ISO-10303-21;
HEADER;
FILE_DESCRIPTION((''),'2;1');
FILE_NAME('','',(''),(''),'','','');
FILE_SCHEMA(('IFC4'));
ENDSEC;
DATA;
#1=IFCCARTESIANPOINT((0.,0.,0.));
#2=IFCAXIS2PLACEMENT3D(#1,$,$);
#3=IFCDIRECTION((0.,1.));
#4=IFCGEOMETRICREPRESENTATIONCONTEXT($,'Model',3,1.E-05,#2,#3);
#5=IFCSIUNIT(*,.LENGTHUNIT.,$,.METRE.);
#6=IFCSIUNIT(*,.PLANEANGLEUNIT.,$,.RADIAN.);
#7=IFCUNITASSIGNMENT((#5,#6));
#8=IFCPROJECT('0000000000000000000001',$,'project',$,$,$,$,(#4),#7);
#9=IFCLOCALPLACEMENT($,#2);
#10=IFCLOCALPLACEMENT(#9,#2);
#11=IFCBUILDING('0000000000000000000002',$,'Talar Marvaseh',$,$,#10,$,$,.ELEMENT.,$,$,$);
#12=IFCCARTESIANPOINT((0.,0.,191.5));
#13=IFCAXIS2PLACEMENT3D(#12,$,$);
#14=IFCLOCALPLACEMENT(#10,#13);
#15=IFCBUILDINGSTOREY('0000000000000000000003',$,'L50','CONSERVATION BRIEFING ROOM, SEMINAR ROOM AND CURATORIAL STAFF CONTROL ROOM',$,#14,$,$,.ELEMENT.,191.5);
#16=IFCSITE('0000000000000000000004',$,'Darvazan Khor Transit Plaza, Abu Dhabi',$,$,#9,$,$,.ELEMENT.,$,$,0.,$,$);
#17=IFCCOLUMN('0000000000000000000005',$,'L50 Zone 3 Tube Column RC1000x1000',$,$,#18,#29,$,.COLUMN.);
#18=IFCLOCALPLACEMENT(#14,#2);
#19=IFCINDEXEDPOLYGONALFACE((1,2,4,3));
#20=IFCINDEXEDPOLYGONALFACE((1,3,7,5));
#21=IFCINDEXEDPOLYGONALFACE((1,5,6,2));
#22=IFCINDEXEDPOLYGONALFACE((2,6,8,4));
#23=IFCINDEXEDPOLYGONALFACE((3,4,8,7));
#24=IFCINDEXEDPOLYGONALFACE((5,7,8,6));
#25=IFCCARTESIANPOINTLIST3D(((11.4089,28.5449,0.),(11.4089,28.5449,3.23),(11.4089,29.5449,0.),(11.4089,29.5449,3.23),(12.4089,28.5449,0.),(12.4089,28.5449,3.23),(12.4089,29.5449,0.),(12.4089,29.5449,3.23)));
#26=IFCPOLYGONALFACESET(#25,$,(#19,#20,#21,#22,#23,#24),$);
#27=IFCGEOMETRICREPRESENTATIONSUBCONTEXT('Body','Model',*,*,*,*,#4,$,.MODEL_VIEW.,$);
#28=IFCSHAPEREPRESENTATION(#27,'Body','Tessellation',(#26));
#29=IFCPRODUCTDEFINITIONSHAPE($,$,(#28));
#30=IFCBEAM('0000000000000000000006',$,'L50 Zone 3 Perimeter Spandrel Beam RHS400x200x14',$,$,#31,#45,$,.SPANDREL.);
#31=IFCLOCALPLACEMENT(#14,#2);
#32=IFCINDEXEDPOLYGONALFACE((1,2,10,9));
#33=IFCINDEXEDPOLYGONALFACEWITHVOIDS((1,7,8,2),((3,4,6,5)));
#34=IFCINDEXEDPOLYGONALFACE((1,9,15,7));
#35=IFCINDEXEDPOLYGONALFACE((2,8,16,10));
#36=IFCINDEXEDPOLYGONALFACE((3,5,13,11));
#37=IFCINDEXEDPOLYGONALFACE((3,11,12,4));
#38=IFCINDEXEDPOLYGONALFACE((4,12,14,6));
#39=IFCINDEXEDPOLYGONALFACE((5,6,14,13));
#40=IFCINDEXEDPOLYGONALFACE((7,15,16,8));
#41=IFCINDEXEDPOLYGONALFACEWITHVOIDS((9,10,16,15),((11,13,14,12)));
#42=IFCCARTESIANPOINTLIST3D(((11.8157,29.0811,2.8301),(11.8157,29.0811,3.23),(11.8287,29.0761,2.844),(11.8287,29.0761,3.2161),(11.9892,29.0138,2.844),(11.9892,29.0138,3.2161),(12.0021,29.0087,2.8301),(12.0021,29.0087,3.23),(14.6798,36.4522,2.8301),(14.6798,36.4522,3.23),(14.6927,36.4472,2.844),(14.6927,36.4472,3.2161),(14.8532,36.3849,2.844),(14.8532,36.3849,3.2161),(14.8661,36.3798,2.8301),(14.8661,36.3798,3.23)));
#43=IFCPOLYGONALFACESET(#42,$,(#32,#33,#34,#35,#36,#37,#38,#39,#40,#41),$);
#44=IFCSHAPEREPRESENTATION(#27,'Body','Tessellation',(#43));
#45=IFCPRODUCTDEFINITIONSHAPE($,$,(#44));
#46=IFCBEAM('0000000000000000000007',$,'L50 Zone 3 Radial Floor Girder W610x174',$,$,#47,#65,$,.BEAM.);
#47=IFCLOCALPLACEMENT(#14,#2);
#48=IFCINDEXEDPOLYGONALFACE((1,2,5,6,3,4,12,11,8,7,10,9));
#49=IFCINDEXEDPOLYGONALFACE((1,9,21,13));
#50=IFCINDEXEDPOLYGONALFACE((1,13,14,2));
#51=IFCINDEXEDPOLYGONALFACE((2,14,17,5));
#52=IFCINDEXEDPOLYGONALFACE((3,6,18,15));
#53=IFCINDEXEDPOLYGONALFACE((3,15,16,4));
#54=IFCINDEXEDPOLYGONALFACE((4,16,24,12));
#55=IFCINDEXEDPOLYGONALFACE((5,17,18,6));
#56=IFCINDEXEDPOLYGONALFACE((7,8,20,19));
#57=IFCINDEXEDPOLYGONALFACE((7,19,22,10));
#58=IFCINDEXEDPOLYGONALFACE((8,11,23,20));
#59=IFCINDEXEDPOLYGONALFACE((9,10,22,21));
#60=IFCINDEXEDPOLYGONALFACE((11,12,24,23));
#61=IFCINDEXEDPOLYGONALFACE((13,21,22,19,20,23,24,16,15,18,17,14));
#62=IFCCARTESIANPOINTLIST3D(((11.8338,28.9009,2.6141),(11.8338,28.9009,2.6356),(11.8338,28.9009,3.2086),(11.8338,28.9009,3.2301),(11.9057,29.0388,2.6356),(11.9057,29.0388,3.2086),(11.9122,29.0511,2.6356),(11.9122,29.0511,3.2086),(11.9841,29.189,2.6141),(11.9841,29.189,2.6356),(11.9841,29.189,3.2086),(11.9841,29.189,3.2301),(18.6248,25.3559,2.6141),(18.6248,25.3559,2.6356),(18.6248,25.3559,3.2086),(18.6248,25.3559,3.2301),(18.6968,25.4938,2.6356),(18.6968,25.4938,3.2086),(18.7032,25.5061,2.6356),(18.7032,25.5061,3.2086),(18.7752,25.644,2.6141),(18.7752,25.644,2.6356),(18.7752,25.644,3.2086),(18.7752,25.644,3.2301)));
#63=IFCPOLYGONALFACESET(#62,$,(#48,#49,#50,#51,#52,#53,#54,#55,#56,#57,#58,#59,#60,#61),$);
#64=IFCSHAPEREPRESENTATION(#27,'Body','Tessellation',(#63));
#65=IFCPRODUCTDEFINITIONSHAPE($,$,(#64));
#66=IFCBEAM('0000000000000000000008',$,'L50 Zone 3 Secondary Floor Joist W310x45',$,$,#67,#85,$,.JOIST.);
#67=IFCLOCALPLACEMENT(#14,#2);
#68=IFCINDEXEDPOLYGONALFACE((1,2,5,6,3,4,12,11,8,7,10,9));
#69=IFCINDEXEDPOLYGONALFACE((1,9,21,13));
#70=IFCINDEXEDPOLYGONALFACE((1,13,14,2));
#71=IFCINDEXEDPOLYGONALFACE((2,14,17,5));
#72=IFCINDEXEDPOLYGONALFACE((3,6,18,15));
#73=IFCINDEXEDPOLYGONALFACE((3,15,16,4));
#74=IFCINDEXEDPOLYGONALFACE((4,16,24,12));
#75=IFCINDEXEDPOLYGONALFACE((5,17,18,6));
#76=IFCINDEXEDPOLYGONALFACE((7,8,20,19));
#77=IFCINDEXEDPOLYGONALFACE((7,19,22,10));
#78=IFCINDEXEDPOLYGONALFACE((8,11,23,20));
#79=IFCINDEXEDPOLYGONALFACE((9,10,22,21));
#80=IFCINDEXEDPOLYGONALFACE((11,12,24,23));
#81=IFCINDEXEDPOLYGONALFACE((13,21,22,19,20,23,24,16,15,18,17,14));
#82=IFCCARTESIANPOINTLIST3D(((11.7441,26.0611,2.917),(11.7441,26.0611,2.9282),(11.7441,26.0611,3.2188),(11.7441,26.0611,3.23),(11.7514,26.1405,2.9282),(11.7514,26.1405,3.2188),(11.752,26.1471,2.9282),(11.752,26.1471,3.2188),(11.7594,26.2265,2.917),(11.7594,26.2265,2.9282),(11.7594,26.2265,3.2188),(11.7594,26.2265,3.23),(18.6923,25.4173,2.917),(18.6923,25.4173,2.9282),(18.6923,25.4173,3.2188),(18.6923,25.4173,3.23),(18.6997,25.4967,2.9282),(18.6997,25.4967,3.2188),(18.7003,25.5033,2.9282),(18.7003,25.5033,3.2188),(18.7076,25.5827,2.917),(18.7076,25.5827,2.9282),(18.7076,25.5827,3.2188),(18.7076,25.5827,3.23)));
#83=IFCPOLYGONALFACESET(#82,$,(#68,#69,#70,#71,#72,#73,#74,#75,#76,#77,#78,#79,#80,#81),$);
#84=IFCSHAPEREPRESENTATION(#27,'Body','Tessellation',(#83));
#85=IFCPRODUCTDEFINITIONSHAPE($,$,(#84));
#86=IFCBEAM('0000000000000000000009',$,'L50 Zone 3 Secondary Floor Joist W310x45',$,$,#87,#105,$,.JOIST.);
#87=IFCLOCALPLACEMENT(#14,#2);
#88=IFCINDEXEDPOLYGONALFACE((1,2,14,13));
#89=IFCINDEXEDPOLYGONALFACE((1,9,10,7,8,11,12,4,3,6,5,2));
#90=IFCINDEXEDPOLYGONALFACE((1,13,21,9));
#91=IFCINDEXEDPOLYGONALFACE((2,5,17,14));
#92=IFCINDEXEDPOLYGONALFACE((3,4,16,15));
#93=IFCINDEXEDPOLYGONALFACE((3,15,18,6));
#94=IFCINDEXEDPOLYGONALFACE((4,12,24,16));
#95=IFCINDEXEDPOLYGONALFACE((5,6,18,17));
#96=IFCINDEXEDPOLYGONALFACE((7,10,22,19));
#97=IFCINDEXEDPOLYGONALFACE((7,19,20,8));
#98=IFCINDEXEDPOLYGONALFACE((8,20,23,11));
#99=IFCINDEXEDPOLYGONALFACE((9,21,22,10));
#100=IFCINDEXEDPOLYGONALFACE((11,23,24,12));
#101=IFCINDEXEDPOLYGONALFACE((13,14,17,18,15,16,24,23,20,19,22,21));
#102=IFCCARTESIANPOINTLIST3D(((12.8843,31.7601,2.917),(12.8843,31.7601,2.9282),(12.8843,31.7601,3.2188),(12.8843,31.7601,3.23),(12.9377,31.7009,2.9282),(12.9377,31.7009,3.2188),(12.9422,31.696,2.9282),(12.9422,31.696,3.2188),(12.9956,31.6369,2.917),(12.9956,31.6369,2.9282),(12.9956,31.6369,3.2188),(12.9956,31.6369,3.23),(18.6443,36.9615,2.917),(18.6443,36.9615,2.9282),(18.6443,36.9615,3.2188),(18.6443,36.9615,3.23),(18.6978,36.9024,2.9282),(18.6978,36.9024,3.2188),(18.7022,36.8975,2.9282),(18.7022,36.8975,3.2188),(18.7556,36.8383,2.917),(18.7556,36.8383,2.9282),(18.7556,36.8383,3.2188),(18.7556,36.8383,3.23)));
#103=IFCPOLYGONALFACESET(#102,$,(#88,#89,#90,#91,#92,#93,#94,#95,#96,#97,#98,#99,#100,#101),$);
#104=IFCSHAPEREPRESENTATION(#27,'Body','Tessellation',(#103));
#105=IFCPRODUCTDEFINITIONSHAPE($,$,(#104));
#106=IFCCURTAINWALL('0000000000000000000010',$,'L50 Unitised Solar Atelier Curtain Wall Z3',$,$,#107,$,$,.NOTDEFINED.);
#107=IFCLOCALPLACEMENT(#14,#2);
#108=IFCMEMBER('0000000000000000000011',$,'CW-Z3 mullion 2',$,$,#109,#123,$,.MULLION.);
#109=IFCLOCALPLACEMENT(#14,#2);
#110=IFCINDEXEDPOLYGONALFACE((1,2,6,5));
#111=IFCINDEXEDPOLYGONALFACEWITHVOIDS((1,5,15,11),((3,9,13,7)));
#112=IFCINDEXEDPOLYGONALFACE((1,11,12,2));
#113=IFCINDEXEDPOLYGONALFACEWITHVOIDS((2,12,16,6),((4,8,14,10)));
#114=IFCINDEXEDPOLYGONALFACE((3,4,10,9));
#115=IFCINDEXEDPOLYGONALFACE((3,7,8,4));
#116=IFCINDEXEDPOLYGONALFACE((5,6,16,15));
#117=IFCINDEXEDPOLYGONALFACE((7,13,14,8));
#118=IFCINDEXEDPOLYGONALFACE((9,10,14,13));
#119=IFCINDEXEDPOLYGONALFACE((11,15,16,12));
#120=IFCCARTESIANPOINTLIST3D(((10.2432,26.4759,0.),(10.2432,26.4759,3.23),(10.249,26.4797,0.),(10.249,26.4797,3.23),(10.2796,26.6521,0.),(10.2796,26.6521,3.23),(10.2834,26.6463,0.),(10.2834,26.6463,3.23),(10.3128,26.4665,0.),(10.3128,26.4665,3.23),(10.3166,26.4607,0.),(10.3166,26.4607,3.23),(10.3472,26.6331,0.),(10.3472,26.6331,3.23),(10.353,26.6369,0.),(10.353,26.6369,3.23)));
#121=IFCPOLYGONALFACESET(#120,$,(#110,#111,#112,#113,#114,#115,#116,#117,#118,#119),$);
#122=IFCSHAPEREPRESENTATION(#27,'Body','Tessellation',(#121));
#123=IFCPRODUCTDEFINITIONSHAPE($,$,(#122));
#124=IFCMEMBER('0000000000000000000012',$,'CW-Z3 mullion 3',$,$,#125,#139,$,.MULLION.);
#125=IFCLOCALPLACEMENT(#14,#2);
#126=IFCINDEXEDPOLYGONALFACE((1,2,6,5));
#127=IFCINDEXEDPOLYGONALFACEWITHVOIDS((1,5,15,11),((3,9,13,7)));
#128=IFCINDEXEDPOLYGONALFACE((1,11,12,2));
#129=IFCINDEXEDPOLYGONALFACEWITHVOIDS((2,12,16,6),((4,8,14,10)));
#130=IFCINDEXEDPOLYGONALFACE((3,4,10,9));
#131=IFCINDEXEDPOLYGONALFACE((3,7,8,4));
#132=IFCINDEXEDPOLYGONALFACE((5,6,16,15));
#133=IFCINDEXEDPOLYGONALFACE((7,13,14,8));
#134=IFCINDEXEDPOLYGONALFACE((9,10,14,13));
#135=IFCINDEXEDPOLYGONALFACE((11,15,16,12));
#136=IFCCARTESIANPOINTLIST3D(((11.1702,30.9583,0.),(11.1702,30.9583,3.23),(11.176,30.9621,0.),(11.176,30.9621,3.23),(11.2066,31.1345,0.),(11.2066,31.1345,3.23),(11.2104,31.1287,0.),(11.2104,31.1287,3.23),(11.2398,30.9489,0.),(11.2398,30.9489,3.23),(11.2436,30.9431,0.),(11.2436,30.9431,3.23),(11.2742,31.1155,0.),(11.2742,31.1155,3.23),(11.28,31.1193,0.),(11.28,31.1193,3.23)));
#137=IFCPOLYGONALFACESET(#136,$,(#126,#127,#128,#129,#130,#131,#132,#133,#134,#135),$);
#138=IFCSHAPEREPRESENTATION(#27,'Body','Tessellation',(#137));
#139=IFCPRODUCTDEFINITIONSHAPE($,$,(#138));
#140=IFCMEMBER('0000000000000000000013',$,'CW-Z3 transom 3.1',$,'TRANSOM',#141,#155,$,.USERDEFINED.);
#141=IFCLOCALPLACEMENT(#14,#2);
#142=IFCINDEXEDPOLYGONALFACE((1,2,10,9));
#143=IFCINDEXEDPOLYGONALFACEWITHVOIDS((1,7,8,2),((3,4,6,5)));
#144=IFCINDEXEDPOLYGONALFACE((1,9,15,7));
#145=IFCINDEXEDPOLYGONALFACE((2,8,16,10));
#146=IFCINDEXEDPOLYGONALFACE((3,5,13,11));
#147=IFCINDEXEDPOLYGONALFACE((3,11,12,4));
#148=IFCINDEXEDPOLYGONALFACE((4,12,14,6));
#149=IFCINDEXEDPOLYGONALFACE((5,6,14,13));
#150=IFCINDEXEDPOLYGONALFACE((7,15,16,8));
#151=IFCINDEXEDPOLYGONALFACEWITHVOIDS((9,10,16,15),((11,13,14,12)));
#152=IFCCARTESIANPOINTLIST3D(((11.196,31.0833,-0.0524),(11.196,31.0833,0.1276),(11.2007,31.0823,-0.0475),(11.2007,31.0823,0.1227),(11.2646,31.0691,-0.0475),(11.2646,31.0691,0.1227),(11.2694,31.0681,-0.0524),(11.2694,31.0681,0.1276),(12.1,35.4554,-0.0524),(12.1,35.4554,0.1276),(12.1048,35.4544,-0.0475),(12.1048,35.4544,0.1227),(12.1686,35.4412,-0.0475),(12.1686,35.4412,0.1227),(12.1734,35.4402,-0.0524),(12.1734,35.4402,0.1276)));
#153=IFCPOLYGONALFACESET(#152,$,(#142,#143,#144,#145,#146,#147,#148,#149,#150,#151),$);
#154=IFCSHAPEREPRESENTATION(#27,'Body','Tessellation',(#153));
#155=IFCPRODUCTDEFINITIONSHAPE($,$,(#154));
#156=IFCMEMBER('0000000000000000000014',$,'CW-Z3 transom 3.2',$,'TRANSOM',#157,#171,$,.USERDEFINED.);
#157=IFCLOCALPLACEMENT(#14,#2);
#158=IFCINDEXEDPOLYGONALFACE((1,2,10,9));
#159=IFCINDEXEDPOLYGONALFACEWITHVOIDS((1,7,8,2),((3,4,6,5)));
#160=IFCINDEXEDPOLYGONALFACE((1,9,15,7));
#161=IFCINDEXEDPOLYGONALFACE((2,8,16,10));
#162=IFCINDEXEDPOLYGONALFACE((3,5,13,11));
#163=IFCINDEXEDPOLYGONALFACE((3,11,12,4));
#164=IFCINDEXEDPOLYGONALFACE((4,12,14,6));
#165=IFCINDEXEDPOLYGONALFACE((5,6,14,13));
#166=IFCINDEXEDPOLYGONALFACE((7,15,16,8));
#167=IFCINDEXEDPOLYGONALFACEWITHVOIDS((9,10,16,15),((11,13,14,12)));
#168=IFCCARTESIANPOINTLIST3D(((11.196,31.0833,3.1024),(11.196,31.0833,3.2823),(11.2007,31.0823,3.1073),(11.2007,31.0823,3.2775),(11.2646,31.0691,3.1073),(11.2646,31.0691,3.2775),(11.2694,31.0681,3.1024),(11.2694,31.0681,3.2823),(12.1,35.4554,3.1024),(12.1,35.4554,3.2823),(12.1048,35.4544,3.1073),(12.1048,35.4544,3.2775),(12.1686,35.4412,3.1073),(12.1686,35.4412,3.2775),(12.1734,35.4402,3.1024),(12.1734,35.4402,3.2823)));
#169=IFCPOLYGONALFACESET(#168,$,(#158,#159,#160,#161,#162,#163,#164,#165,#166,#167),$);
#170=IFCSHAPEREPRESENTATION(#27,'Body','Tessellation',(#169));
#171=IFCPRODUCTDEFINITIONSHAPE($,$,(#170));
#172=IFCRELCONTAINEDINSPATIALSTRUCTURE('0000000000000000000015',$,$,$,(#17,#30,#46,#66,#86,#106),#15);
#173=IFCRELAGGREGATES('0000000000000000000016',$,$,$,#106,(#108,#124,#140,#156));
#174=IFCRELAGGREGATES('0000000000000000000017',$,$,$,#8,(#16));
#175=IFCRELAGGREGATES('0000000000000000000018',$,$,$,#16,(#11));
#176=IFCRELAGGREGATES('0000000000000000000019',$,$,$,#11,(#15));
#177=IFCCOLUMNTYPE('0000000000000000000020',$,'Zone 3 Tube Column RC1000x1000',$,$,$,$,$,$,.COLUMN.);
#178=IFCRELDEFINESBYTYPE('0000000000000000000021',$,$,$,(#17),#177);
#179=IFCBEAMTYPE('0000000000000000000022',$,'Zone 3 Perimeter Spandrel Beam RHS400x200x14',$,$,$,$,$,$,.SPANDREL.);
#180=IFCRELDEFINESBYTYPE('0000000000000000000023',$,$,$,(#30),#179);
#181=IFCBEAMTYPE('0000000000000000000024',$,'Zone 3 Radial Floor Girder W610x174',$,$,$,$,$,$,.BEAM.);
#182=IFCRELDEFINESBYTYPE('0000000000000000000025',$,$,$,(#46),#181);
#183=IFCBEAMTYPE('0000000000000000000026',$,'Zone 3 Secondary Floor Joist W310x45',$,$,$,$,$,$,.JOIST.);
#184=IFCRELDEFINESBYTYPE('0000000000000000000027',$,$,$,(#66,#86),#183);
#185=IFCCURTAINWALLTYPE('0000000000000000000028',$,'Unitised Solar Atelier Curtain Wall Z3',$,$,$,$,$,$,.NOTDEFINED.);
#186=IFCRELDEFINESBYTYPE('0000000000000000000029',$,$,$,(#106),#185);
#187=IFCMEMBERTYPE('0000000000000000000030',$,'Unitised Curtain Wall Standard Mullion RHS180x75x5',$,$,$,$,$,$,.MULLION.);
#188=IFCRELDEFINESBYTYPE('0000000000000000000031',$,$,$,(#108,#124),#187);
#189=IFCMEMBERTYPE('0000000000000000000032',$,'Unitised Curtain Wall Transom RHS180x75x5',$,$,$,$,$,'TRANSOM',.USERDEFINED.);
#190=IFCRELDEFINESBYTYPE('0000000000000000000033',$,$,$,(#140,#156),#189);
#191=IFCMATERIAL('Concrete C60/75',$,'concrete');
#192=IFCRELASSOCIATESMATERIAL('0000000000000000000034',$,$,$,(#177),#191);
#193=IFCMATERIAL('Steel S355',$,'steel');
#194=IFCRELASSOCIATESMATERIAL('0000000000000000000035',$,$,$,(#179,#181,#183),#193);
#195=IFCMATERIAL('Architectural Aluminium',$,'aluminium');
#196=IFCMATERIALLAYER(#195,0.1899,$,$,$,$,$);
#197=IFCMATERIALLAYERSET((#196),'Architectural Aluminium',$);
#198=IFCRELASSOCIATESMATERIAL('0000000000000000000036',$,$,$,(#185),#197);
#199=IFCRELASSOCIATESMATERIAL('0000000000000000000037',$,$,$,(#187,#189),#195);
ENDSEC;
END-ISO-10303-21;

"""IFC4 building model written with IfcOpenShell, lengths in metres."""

from ifc_helpers import new_model, si_unit, direction, frame, origin, origin_2d, place, context, subcontext, project, spatial, rectangle, hollow_rectangle, i_section, extrude, source, transform, mapped, material, layer, layer_set, material_profile, profile_set, type_object, type_shapes, element, aggregate, save


model = new_model("IFC4")

# Units and contexts
model_context = context("Model", 3, precision=1e-05, world=origin(), true_north=direction((0.0, 1.0)))
body_context = subcontext(model_context, "Body", "Model", "MODEL_VIEW")
ifc_project = project(units=[si_unit("LENGTHUNIT", "METRE"), si_unit("PLANEANGLEUNIT", "RADIAN")], contexts=[model_context])

# Site, building, storey
site_placement = place(None, origin())
site = spatial("IfcSite", under=ifc_project, at=site_placement, Name="Darvazan Khor Transit Plaza, Abu Dhabi", CompositionType="ELEMENT", RefElevation=0.0)
building_placement = place(site_placement, origin())
building = spatial("IfcBuilding", under=site, at=building_placement, Name="Talar Marvaseh", CompositionType="ELEMENT")
storey_placement = place(building_placement, frame((0.0, 0.0, 191.5)))
storey = spatial("IfcBuildingStorey", under=building, at=storey_placement, Name="L50", Description="CONSERVATION BRIEFING ROOM, SEMINAR ROOM AND CURATORIAL STAFF CONTROL ROOM", CompositionType="ELEMENT", Elevation=191.5)

# Column
ifc_material_1 = material(Name="Concrete C60/75", Category="concrete")
ifc_material_profile_1 = material_profile(ifc_material_1, rectangle(XDim=1.0, YDim=1.0, at=origin_2d()), Name="RC1000x1000")
ifc_profile_set_1 = profile_set([ifc_material_profile_1], Name="Concrete C60/75")
column_type = type_object("IfcColumnType", Name="Zone 3 Tube Column RC1000x1000", PredefinedType="COLUMN", material=ifc_profile_set_1)
column_placement = place(storey_placement, frame((11.9089, 29.0449, 0.0), z_axis=(0.0, 0.0, 1.0), x_axis=(1.0, 0.0, 0.0)))
element("IfcColumn", 1, at=column_placement, inside=storey, type_object=column_type, Name="L50 Zone 3 Tube Column RC1000x1000", PredefinedType="COLUMN", context=body_context, shape_type="SweptSolid", body=[
    extrude(rectangle(XDim=1.0, YDim=1.0, at=origin_2d()), origin(), (0.0, 0.0, 1.0), 3.23),
])

# Beams
ifc_material_2 = material(Name="Steel S355", Category="steel")
ifc_material_profile_2 = material_profile(ifc_material_2, hollow_rectangle(XDim=0.2, YDim=0.3999, WallThickness=0.0139, at=origin_2d()), Name="RHS400x200x14")
ifc_profile_set_2 = profile_set([ifc_material_profile_2], Name="Steel S355")
beam_type_1 = type_object("IfcBeamType", Name="Zone 3 Perimeter Spandrel Beam RHS400x200x14", PredefinedType="SPANDREL", material=ifc_profile_set_2)
beam_1_placement = place(storey_placement, frame((11.9089, 29.0449, 3.03), z_axis=(0.362169, 0.932112, 0.0), x_axis=(-0.932112, 0.362169, 0.0)))
element("IfcBeam", 2, at=beam_1_placement, inside=storey, type_object=beam_type_1, Name="L50 Zone 3 Perimeter Spandrel Beam RHS400x200x14", PredefinedType="SPANDREL", context=body_context, shape_type="SweptSolid", body=[
    extrude(hollow_rectangle(XDim=0.2, YDim=0.3999, WallThickness=0.0139, at=origin_2d()), origin(), (0.0, 0.0, 1.0), 7.908),
])
ifc_material_profile_3 = material_profile(ifc_material_2, i_section(OverallWidth=0.325, OverallDepth=0.616, WebThickness=0.0139, FlangeThickness=0.0215, at=origin_2d()), Name="W610x174")
ifc_profile_set_3 = profile_set([ifc_material_profile_3], Name="Steel S355")
beam_type_2 = type_object("IfcBeamType", Name="Zone 3 Radial Floor Girder W610x174", PredefinedType="BEAM", material=ifc_profile_set_3)
beam_2_placement = place(storey_placement, frame((11.9089, 29.0449, 2.9221), z_axis=(0.886489, -0.462749, 0.0), x_axis=(0.462749, 0.886489, 0.0)))
element("IfcBeam", 3, at=beam_2_placement, inside=storey, type_object=beam_type_2, Name="L50 Zone 3 Radial Floor Girder W610x174", PredefinedType="BEAM", context=body_context, shape_type="SweptSolid", body=[
    extrude(i_section(OverallWidth=0.325, OverallDepth=0.616, WebThickness=0.0139, FlangeThickness=0.0215, at=origin_2d()), origin(), (0.0, 0.0, 1.0), 7.6606),
])
ifc_material_profile_4 = material_profile(ifc_material_2, i_section(OverallWidth=0.166, OverallDepth=0.313, WebThickness=0.0066, FlangeThickness=0.0112, at=origin_2d()), Name="W310x45")
ifc_profile_set_4 = profile_set([ifc_material_profile_4], Name="Steel S355")
beam_type_3 = type_object("IfcBeamType", Name="Zone 3 Secondary Floor Joist W310x45", PredefinedType="JOIST", material=ifc_profile_set_4)
beam_3_placement = place(storey_placement, frame((11.7517, 26.1438, 3.0735), z_axis=(0.995735, -0.092261, 0.0), x_axis=(0.092261, 0.995735, 0.0)))
element("IfcBeam", 4, at=beam_3_placement, inside=storey, type_object=beam_type_3, Name="L50 Zone 3 Secondary Floor Joist W310x45", PredefinedType="JOIST", context=body_context, shape_type="SweptSolid", body=[
    extrude(i_section(OverallWidth=0.166, OverallDepth=0.313, WebThickness=0.0066, FlangeThickness=0.0112, at=origin_2d()), origin(), (0.0, 0.0, 1.0), 6.978),
])
beam_4_placement = place(storey_placement, frame((12.9399, 31.6985, 3.0735), z_axis=(0.742178, 0.670203, 0.0), x_axis=(-0.670203, 0.742178, 0.0)))
element("IfcBeam", 5, at=beam_4_placement, inside=storey, type_object=beam_type_3, Name="L50 Zone 3 Secondary Floor Joist W310x45", PredefinedType="JOIST", context=body_context, shape_type="SweptSolid", body=[
    extrude(i_section(OverallWidth=0.166, OverallDepth=0.313, WebThickness=0.0066, FlangeThickness=0.0112, at=origin_2d()), origin(), (0.0, 0.0, 1.0), 7.761),
])

# Curtain wall, members
ifc_material_3 = material(Name="Architectural Aluminium", Category="aluminium")
ifc_layer_1 = layer(ifc_material_3, 0.1899)
ifc_layer_set_1 = layer_set([ifc_layer_1], Name="Architectural Aluminium")
curtain_wall_type = type_object("IfcCurtainWallType", Name="Unitised Solar Atelier Curtain Wall Z3", PredefinedType="NOTDEFINED", material=ifc_layer_set_1)
curtain_wall_placement = place(storey_placement, origin())
curtain_wall = element("IfcCurtainWall", 6, at=curtain_wall_placement, inside=storey, type_object=curtain_wall_type, Name="L50 Unitised Solar Atelier Curtain Wall Z3", PredefinedType="NOTDEFINED")
ifc_material_profile_5 = material_profile(ifc_material_3, hollow_rectangle(XDim=0.075, YDim=0.1799, WallThickness=0.0049, at=origin_2d()), Name="RHS180x75x5")
ifc_profile_set_5 = profile_set([ifc_material_profile_5], Name="Architectural Aluminium")
member_type_1 = type_object("IfcMemberType", Name="Unitised Curtain Wall Standard Mullion RHS180x75x5", PredefinedType="MULLION", material=ifc_profile_set_5)
shared_shape_1 = source(origin(), body_context, "Body", "SweptSolid", [
    extrude(hollow_rectangle(XDim=0.075, YDim=0.1799, WallThickness=0.0049, at=origin_2d()), origin(), (0.0, 0.0, 1.0), 3.23),
])
type_shapes(member_type_1, [shared_shape_1])
member_1_placement = place(storey_placement, frame((10.2981, 26.5564, 0.0), z_axis=(0.0, 0.0, 1.0), x_axis=(-0.979286, 0.20248, 0.0)))
member_1 = element("IfcMember", 7, at=member_1_placement, type_object=member_type_1, Name="CW-Z3 mullion 2", PredefinedType="MULLION", context=body_context, shape_type="MappedRepresentation", body=[
    mapped(shared_shape_1, transform((0.0, 0.0, 0.0), x_axis=(1.0, 0.0, 0.0), y_axis=(0.0, 1.0, 0.0), z_axis=(0.0, 0.0, 1.0), scale=1.0)),
])
member_2_placement = place(storey_placement, frame((11.2251, 31.0388, 0.0), z_axis=(0.0, 0.0, 1.0), x_axis=(-0.979286, 0.20248, 0.0)))
member_2 = element("IfcMember", 8, at=member_2_placement, type_object=member_type_1, Name="CW-Z3 mullion 3", PredefinedType="MULLION", context=body_context, shape_type="MappedRepresentation", body=[
    mapped(shared_shape_1, transform((0.0, 0.0, 0.0), x_axis=(1.0, 0.0, 0.0), y_axis=(0.0, 1.0, 0.0), z_axis=(0.0, 0.0, 1.0), scale=1.0)),
])
ifc_material_profile_6 = material_profile(ifc_material_3, hollow_rectangle(XDim=0.075, YDim=0.1799, WallThickness=0.0049, at=origin_2d()), Name="RHS180x75x5")
ifc_profile_set_6 = profile_set([ifc_material_profile_6], Name="Architectural Aluminium")
member_type_2 = type_object("IfcMemberType", Name="Unitised Curtain Wall Transom RHS180x75x5", ElementType="TRANSOM", PredefinedType="USERDEFINED", material=ifc_profile_set_6)
shared_shape_2 = source(origin(), body_context, "Body", "SweptSolid", [
    extrude(hollow_rectangle(XDim=0.075, YDim=0.1799, WallThickness=0.0049, at=origin_2d()), origin(), (0.0, 0.0, 1.0), 4.4646),
])
member_3_placement = place(storey_placement, frame((11.2327, 31.0757, 0.0376), z_axis=(0.202495, 0.979283, 0.0), x_axis=(-0.979283, 0.202495, 0.0)))
member_3 = element("IfcMember", 9, at=member_3_placement, type_object=member_type_2, Name="CW-Z3 transom 3.1", ObjectType="TRANSOM", PredefinedType="USERDEFINED", context=body_context, shape_type="MappedRepresentation", body=[
    mapped(shared_shape_2, transform((0.0, 0.0, 0.0), x_axis=(1.0, 0.0, 0.0), y_axis=(0.0, 1.0, 0.0), z_axis=(0.0, 0.0, 1.0), scale=1.0)),
])
member_4_placement = place(storey_placement, frame((11.2327, 31.0757, 3.1924), z_axis=(0.202495, 0.979283, 0.0), x_axis=(-0.979283, 0.202495, 0.0)))
member_4 = element("IfcMember", 10, at=member_4_placement, type_object=member_type_2, Name="CW-Z3 transom 3.2", ObjectType="TRANSOM", PredefinedType="USERDEFINED", context=body_context, shape_type="MappedRepresentation", body=[
    mapped(shared_shape_2, transform((0.0, 0.0, 0.0), x_axis=(1.0, 0.0, 0.0), y_axis=(0.0, 1.0, 0.0), z_axis=(0.0, 0.0, 1.0), scale=1.0)),
])
aggregate(curtain_wall, [member_1, member_2, member_3, member_4])

save(model, "model.ifc")
